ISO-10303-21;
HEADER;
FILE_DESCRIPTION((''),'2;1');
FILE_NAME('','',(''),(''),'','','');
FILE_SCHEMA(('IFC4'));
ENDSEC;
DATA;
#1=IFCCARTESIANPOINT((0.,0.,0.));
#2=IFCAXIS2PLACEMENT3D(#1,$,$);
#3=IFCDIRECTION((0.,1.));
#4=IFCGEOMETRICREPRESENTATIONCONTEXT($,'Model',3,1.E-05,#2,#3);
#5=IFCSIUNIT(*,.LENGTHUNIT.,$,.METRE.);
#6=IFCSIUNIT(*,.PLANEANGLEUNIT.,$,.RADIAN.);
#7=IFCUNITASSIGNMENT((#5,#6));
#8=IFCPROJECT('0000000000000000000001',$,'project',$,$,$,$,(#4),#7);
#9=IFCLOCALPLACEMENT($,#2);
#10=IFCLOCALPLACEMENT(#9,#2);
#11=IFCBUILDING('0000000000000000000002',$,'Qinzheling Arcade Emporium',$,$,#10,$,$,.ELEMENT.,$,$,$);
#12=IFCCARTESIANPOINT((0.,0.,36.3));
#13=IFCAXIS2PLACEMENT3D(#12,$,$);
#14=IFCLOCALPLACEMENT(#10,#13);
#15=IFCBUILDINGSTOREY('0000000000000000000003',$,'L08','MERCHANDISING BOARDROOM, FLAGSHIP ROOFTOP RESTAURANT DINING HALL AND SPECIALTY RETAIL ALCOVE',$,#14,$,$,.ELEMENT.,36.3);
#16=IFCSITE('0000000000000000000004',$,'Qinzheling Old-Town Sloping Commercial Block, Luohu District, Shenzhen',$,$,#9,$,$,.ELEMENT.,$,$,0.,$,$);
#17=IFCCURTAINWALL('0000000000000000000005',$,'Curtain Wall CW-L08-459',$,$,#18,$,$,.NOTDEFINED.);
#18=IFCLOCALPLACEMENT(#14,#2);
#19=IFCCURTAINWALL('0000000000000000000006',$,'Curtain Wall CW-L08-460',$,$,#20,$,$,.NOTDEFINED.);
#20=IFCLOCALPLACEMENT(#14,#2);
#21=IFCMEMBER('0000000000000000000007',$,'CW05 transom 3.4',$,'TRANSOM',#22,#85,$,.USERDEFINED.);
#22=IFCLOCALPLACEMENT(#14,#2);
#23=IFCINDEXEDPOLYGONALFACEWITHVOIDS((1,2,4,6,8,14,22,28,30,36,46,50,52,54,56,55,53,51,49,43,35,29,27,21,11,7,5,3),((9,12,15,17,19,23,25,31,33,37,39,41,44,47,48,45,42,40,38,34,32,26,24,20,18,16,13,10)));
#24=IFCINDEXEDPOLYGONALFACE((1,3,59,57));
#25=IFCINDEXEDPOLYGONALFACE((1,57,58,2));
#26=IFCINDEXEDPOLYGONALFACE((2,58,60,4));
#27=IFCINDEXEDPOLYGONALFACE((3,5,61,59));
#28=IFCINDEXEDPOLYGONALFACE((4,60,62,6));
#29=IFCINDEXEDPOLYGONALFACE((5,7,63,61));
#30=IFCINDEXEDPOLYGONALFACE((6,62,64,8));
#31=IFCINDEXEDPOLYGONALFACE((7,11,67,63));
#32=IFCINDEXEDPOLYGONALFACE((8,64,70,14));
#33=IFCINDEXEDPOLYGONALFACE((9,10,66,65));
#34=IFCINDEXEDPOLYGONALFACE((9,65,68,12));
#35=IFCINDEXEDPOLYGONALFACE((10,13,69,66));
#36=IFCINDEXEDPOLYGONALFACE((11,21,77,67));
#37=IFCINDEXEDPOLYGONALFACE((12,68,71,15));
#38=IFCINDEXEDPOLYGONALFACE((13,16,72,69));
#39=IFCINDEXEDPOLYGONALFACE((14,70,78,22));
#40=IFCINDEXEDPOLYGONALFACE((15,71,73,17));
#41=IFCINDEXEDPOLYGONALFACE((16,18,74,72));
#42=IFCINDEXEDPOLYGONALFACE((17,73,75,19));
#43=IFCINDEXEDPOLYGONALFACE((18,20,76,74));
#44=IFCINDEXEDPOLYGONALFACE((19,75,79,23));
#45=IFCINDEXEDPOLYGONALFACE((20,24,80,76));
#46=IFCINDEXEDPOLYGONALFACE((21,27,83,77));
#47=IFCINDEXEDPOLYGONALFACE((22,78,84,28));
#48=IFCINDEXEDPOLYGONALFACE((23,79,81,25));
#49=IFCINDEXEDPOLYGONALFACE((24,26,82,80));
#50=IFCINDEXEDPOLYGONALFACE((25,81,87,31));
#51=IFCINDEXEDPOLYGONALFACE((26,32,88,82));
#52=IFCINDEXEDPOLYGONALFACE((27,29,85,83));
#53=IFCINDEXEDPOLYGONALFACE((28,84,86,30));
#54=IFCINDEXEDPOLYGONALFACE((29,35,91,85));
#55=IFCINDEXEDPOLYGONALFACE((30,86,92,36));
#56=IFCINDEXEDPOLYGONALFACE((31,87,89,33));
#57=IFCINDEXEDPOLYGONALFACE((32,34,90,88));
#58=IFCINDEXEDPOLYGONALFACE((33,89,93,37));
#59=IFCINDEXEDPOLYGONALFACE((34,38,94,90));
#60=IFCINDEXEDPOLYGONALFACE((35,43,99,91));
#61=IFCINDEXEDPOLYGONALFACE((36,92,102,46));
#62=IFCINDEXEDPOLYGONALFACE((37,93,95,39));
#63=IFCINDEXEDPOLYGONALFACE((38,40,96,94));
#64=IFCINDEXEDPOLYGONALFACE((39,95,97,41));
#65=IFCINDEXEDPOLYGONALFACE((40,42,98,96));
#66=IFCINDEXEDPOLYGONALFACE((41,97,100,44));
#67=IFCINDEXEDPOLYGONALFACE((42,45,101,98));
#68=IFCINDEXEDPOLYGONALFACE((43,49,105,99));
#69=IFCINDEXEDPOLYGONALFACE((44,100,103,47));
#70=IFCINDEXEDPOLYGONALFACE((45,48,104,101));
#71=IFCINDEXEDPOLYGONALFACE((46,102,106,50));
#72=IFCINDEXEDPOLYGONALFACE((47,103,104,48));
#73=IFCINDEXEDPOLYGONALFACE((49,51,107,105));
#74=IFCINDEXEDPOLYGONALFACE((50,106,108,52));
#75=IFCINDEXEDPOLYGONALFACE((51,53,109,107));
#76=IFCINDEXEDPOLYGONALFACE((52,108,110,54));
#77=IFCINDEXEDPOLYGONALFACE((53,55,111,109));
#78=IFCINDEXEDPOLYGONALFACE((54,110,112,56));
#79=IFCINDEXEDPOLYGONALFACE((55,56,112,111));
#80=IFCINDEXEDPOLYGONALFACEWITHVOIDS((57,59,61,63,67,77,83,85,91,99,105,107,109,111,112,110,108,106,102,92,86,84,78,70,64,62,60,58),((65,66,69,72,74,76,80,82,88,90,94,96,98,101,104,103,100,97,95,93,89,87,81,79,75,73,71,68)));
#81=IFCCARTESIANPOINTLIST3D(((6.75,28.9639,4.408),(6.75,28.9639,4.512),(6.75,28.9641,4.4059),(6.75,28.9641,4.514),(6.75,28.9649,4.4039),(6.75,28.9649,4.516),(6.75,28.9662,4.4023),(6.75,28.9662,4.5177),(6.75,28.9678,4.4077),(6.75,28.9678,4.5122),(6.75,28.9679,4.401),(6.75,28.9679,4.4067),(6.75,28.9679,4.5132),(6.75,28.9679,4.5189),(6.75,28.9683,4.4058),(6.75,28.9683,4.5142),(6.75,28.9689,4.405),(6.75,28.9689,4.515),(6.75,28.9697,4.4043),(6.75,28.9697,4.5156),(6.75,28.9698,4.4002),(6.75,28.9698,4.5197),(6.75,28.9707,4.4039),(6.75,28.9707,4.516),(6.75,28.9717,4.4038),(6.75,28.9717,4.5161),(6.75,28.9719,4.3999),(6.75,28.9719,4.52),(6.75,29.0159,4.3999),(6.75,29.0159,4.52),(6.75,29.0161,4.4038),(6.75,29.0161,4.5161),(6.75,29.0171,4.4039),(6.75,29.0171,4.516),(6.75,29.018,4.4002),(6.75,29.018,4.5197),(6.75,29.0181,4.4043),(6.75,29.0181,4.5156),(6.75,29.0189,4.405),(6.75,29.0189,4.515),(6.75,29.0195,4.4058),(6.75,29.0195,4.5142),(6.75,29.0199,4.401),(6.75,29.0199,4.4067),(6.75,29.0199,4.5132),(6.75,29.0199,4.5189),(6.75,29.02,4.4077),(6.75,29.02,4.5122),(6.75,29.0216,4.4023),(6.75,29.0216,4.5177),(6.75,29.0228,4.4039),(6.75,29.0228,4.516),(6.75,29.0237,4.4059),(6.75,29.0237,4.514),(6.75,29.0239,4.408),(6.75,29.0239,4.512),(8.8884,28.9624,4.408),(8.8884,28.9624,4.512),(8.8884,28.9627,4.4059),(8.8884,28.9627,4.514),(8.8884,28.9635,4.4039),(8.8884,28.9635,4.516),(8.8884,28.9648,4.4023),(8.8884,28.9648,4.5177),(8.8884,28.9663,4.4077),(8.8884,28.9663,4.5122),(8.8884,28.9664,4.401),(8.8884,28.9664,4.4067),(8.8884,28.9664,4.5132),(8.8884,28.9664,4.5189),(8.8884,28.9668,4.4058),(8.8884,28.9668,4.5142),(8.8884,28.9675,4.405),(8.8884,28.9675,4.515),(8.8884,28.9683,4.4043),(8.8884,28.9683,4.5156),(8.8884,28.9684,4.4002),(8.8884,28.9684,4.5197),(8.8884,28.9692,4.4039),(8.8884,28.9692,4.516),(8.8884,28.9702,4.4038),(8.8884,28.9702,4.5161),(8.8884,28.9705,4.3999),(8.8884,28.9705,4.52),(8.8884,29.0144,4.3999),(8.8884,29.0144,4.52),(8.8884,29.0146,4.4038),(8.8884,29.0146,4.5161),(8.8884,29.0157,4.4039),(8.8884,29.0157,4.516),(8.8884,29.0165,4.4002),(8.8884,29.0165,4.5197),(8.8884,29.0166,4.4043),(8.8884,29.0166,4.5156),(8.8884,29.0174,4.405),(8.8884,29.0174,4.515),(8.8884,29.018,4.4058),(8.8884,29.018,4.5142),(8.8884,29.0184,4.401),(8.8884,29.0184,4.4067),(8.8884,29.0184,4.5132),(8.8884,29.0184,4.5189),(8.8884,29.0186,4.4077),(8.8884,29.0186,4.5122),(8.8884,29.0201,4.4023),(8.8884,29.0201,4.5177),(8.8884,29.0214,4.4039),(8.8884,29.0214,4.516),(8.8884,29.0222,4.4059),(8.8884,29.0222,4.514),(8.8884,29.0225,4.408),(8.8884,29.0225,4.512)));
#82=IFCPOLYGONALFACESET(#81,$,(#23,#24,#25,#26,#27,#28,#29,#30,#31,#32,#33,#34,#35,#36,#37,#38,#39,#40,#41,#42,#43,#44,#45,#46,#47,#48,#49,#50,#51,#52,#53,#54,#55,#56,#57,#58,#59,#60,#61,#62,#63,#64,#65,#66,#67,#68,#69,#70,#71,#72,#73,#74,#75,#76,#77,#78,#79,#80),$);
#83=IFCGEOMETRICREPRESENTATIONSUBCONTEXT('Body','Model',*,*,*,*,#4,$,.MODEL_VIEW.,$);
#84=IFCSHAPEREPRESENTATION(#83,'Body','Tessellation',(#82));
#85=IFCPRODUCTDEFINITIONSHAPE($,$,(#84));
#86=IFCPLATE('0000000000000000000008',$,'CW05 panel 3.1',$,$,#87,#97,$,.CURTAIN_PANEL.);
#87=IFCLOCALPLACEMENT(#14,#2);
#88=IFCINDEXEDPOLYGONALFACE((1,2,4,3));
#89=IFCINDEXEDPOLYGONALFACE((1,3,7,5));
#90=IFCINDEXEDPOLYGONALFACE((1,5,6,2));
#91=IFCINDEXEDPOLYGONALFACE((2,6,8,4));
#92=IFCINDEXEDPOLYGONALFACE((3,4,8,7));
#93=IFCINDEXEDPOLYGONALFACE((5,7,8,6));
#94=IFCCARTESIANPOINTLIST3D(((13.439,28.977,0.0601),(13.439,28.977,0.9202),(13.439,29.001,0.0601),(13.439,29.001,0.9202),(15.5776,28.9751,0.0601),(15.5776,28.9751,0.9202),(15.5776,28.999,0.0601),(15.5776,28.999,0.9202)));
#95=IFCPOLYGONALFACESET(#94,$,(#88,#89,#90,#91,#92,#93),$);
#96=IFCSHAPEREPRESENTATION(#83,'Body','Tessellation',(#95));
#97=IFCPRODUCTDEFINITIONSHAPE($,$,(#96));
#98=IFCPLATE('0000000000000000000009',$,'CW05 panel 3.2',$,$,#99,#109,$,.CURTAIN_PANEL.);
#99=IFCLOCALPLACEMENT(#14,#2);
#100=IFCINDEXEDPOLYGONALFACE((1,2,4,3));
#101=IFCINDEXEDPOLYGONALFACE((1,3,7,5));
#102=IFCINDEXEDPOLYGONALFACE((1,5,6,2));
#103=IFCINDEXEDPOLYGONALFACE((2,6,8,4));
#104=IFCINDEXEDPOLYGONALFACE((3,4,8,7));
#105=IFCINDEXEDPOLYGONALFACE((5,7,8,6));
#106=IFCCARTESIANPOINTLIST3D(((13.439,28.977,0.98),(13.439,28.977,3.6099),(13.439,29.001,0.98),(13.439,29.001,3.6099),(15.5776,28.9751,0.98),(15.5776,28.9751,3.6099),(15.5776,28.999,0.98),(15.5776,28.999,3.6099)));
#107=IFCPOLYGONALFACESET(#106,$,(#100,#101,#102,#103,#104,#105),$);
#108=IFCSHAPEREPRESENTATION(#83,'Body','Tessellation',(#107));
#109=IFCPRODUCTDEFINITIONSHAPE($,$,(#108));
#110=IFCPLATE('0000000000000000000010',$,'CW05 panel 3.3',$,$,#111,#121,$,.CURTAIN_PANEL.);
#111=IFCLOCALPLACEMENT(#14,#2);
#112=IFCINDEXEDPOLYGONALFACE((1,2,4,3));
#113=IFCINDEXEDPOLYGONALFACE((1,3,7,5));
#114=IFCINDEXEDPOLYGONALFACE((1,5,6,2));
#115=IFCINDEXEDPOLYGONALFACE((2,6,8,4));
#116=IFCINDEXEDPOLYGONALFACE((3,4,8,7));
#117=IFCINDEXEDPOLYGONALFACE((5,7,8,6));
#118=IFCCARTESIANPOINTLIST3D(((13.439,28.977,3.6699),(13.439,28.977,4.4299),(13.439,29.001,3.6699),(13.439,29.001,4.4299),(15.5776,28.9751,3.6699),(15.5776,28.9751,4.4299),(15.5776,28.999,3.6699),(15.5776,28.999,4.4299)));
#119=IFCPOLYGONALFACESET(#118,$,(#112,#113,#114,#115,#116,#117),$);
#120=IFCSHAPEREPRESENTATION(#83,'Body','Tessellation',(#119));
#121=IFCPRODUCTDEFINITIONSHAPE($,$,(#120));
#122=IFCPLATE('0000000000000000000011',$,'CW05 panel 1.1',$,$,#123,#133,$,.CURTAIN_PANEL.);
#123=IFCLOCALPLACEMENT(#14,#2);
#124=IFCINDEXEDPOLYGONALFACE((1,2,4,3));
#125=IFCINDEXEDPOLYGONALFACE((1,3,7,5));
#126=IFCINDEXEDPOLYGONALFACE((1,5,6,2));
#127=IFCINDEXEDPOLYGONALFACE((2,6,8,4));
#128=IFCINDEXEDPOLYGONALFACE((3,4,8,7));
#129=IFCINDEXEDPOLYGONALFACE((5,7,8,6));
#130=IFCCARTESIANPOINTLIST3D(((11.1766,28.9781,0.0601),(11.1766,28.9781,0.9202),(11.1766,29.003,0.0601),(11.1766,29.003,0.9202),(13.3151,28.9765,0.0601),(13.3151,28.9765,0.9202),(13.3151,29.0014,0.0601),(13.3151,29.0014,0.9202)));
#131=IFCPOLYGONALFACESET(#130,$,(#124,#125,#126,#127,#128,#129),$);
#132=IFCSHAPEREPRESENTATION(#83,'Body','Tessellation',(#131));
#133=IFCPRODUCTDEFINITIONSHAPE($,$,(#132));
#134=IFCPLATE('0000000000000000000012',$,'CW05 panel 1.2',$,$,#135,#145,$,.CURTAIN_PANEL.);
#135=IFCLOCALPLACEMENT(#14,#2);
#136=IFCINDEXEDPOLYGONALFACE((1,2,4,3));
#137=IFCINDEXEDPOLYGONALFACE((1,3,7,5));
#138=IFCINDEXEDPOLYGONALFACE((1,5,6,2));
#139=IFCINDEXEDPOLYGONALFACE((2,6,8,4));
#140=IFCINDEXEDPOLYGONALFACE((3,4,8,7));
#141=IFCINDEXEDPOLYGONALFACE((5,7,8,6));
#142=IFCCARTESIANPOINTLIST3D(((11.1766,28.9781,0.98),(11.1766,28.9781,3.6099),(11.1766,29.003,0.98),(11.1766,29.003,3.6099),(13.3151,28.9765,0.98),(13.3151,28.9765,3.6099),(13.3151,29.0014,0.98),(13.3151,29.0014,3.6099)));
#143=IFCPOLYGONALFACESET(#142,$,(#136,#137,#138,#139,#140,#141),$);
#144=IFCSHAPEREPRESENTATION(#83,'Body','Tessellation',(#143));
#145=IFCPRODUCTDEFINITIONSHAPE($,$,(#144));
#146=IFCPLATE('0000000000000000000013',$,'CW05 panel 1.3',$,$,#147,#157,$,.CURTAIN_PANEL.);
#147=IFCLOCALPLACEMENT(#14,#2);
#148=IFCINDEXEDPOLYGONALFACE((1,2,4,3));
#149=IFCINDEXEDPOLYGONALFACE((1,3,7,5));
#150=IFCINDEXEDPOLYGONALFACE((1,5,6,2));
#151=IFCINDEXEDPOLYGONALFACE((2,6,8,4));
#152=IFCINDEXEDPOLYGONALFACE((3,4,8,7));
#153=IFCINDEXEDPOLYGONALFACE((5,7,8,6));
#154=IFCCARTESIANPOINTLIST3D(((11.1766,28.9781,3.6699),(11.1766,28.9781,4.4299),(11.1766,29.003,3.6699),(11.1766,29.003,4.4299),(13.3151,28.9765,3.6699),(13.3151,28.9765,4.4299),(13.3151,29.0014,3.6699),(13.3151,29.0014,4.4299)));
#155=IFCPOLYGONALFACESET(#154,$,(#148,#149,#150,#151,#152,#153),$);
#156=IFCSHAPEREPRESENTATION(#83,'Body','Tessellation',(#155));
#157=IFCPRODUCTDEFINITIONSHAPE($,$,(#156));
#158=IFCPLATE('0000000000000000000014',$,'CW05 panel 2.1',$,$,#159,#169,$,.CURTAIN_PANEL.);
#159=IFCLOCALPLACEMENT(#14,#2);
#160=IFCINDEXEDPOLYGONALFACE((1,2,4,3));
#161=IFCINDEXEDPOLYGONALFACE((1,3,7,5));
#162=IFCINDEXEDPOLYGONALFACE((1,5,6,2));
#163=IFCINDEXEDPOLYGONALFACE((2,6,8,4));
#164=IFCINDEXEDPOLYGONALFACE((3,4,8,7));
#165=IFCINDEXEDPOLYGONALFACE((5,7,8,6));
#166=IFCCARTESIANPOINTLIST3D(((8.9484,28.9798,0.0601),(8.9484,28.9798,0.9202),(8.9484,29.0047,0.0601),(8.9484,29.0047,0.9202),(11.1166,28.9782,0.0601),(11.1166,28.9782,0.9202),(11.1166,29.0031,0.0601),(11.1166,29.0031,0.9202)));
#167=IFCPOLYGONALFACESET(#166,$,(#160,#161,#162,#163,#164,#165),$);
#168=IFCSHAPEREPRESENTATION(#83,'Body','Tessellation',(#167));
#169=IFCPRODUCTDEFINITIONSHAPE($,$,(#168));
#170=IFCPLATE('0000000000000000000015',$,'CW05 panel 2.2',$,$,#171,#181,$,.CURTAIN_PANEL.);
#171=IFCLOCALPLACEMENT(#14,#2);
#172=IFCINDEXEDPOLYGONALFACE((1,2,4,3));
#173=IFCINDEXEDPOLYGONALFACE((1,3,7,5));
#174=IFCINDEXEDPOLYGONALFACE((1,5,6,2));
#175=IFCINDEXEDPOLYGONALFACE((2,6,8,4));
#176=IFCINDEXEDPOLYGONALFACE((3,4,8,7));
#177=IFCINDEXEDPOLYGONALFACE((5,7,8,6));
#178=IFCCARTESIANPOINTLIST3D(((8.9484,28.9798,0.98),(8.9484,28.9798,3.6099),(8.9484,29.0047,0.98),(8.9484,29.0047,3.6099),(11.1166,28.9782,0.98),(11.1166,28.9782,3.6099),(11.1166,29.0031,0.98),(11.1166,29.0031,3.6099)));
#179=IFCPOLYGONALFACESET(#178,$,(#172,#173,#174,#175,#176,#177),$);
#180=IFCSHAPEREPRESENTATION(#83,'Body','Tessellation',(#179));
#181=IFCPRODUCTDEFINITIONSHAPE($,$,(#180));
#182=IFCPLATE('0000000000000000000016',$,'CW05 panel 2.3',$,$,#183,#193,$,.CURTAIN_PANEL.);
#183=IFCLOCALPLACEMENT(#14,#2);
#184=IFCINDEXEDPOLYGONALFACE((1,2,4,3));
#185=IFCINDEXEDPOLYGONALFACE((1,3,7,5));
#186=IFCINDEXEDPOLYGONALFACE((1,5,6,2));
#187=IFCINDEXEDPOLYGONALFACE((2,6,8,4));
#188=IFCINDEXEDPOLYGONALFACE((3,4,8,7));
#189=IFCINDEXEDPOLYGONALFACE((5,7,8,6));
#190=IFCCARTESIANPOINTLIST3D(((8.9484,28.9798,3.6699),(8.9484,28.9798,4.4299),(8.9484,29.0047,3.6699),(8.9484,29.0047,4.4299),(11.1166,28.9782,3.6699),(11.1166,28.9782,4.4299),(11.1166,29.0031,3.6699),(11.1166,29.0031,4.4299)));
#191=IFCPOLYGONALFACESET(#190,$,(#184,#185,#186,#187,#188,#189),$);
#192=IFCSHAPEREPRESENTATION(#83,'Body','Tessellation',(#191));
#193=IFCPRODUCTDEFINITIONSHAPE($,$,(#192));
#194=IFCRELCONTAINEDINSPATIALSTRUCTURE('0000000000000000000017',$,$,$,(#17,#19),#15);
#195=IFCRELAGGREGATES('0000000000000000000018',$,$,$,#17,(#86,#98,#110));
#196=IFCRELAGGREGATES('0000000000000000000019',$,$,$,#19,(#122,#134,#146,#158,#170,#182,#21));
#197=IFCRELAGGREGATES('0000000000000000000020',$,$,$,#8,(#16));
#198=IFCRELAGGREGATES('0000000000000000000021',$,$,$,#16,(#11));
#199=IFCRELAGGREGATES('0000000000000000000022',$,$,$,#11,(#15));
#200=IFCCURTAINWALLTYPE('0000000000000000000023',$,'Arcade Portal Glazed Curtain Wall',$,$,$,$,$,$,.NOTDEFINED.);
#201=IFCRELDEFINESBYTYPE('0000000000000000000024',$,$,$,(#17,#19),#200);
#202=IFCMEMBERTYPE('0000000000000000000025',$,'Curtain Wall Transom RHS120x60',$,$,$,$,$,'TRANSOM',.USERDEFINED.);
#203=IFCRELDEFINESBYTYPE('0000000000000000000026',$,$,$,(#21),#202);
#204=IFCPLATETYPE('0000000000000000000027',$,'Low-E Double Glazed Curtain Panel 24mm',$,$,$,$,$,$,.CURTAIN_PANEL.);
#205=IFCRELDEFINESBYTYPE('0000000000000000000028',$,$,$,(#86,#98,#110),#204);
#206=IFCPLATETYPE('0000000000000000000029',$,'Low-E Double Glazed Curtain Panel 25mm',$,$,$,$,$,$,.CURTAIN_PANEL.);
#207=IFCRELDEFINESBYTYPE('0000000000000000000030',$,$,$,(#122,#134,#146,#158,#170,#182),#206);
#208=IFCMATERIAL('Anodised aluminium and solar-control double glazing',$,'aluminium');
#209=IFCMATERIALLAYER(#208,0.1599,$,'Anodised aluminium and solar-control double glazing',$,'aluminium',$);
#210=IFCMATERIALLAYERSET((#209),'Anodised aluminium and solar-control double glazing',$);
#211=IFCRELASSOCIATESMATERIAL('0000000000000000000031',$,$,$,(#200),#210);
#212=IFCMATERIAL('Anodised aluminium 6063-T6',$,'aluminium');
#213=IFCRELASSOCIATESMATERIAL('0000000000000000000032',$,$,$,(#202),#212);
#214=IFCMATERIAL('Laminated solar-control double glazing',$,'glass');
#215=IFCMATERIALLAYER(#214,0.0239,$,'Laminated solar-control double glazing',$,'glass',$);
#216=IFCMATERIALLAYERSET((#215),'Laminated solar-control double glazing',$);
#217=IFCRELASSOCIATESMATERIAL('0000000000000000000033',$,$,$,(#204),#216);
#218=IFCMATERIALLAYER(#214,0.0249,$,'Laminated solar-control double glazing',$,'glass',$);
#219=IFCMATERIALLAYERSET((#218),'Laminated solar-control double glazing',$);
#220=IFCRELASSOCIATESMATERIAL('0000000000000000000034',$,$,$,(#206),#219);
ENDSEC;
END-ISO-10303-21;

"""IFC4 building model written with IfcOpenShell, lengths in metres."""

from ifc_helpers import new_model, si_unit, direction, frame, origin, origin_2d, place, context, subcontext, project, spatial, rectangle, hollow_rectangle, extrude, material, layer, layer_set, material_profile, profile_set, type_object, element, aggregate, save


model = new_model("IFC4")

# Units and contexts
model_context = context("Model", 3, precision=1e-05, world=origin(), true_north=direction((0.0, 1.0)))
body_context = subcontext(model_context, "Body", "Model", "MODEL_VIEW")
ifc_project = project(units=[si_unit("LENGTHUNIT", "METRE"), si_unit("PLANEANGLEUNIT", "RADIAN")], contexts=[model_context])

# Site, building, storey
site_placement = place(None, origin())
site = spatial("IfcSite", under=ifc_project, at=site_placement, Name="Qinzheling Old-Town Sloping Commercial Block, Luohu District, Shenzhen", CompositionType="ELEMENT", RefElevation=0.0)
building_placement = place(site_placement, origin())
building = spatial("IfcBuilding", under=site, at=building_placement, Name="Qinzheling Arcade Emporium", CompositionType="ELEMENT")
storey_placement = place(building_placement, frame((0.0, 0.0, 36.3)))
storey = spatial("IfcBuildingStorey", under=building, at=storey_placement, Name="L08", Description="MERCHANDISING BOARDROOM, FLAGSHIP ROOFTOP RESTAURANT DINING HALL AND SPECIALTY RETAIL ALCOVE", CompositionType="ELEMENT", Elevation=36.3)

# Curtain wall
ifc_material_1 = material(Name="Anodised aluminium and solar-control double glazing", Category="aluminium")
ifc_layer_1 = layer(ifc_material_1, 0.1599, Name="Anodised aluminium and solar-control double glazing", Category="aluminium")
ifc_layer_set_1 = layer_set([ifc_layer_1], Name="Anodised aluminium and solar-control double glazing")
curtain_wall_type = type_object("IfcCurtainWallType", Name="Arcade Portal Glazed Curtain Wall", PredefinedType="NOTDEFINED", material=ifc_layer_set_1)
curtain_wall_1_placement = place(storey_placement, origin())
curtain_wall_1 = element("IfcCurtainWall", 1, at=curtain_wall_1_placement, inside=storey, type_object=curtain_wall_type, Name="Curtain Wall CW-L08-459", PredefinedType="NOTDEFINED")
ifc_material_2 = material(Name="Anodised aluminium 6063-T6", Category="aluminium")

# Curtain wall
curtain_wall_2_placement = place(storey_placement, origin())
curtain_wall_2 = element("IfcCurtainWall", 2, at=curtain_wall_2_placement, inside=storey, type_object=curtain_wall_type, Name="Curtain Wall CW-L08-460", PredefinedType="NOTDEFINED")

# Member
ifc_material_profile_1 = material_profile(ifc_material_2, hollow_rectangle(XDim=0.0601, YDim=0.1201, WallThickness=0.0039, InnerFilletRadius=0.0039, OuterFilletRadius=0.0081, at=origin_2d()), Name="RHS 120x60x4", Category="aluminium")
ifc_profile_set_1 = profile_set([ifc_material_profile_1], Name="Anodised aluminium 6063-T6")
member_type_1 = type_object("IfcMemberType", Name="Curtain Wall Transom RHS120x60", ElementType="TRANSOM", PredefinedType="USERDEFINED", material=ifc_profile_set_1)
member_1_placement = place(storey_placement, frame((8.8884, 28.9924, 4.46), z_axis=(-1.0, 0.000685, 0.0), x_axis=(-0.000685, -1.0, 0.0)))
member_1 = element("IfcMember", 3, at=member_1_placement, type_object=member_type_1, Name="CW05 transom 3.4", ObjectType="TRANSOM", PredefinedType="USERDEFINED", context=body_context, shape_type="SweptSolid", body=[
    extrude(hollow_rectangle(XDim=0.0601, YDim=0.1201, WallThickness=0.0039, InnerFilletRadius=0.0039, OuterFilletRadius=0.0081, at=origin_2d()), origin(), (0.0, 0.0, 1.0), 2.1384),
])

# Plates
ifc_material_3 = material(Name="Laminated solar-control double glazing", Category="glass")
ifc_layer_2 = layer(ifc_material_3, 0.0239, Name="Laminated solar-control double glazing", Category="glass")
ifc_layer_set_2 = layer_set([ifc_layer_2], Name="Laminated solar-control double glazing")
plate_type_1 = type_object("IfcPlateType", Name="Low-E Double Glazed Curtain Panel 24mm", PredefinedType="CURTAIN_PANEL", material=ifc_layer_set_2)
plate_1_placement = place(storey_placement, frame((14.5083, 28.988, 0.0601), z_axis=(0.0, 0.0, 1.0), x_axis=(-1.0, 0.000897, 0.0)))
plate_1 = element("IfcPlate", 4, at=plate_1_placement, type_object=plate_type_1, Name="CW05 panel 3.1", PredefinedType="CURTAIN_PANEL", context=body_context, shape_type="SweptSolid", body=[
    extrude(rectangle(XDim=2.1387, YDim=0.0239, at=origin_2d()), origin(), (0.0, 0.0, 1.0), 0.8601),
])
plate_2_placement = place(storey_placement, frame((14.5083, 28.988, 0.98), z_axis=(0.0, 0.0, 1.0), x_axis=(-1.0, 0.000897, 0.0)))
plate_2 = element("IfcPlate", 5, at=plate_2_placement, type_object=plate_type_1, Name="CW05 panel 3.2", PredefinedType="CURTAIN_PANEL", context=body_context, shape_type="SweptSolid", body=[
    extrude(rectangle(XDim=2.1387, YDim=0.0239, at=origin_2d()), origin(), (0.0, 0.0, 1.0), 2.6299),
])
plate_3_placement = place(storey_placement, frame((14.5083, 28.988, 3.6699), z_axis=(0.0, 0.0, 1.0), x_axis=(-1.0, 0.000897, 0.0)))
plate_3 = element("IfcPlate", 6, at=plate_3_placement, type_object=plate_type_1, Name="CW05 panel 3.3", PredefinedType="CURTAIN_PANEL", context=body_context, shape_type="SweptSolid", body=[
    extrude(rectangle(XDim=2.1387, YDim=0.0239, at=origin_2d()), origin(), (0.0, 0.0, 1.0), 0.76),
])
aggregate(curtain_wall_1, [plate_1, plate_2, plate_3])
ifc_layer_3 = layer(ifc_material_3, 0.0249, Name="Laminated solar-control double glazing", Category="glass")
ifc_layer_set_3 = layer_set([ifc_layer_3], Name="Laminated solar-control double glazing")
plate_type_2 = type_object("IfcPlateType", Name="Low-E Double Glazed Curtain Panel 25mm", PredefinedType="CURTAIN_PANEL", material=ifc_layer_set_3)
plate_4_placement = place(storey_placement, frame((12.2458, 28.9897, 0.0601), z_axis=(0.0, 0.0, 1.0), x_axis=(-1.0, 0.000748, 0.0)))
plate_4 = element("IfcPlate", 7, at=plate_4_placement, type_object=plate_type_2, Name="CW05 panel 1.1", PredefinedType="CURTAIN_PANEL", context=body_context, shape_type="SweptSolid", body=[
    extrude(rectangle(XDim=2.1384, YDim=0.0249, at=origin_2d()), origin(), (0.0, 0.0, 1.0), 0.8601),
])
plate_5_placement = place(storey_placement, frame((12.2458, 28.9897, 0.98), z_axis=(0.0, 0.0, 1.0), x_axis=(-1.0, 0.000748, 0.0)))
plate_5 = element("IfcPlate", 8, at=plate_5_placement, type_object=plate_type_2, Name="CW05 panel 1.2", PredefinedType="CURTAIN_PANEL", context=body_context, shape_type="SweptSolid", body=[
    extrude(rectangle(XDim=2.1384, YDim=0.0249, at=origin_2d()), origin(), (0.0, 0.0, 1.0), 2.6299),
])
plate_6_placement = place(storey_placement, frame((12.2458, 28.9897, 3.6699), z_axis=(0.0, 0.0, 1.0), x_axis=(-1.0, 0.000748, 0.0)))
plate_6 = element("IfcPlate", 9, at=plate_6_placement, type_object=plate_type_2, Name="CW05 panel 1.3", PredefinedType="CURTAIN_PANEL", context=body_context, shape_type="SweptSolid", body=[
    extrude(rectangle(XDim=2.1384, YDim=0.0249, at=origin_2d()), origin(), (0.0, 0.0, 1.0), 0.76),
])
plate_7_placement = place(storey_placement, frame((10.0325, 28.9915, 0.0601), z_axis=(0.0, 0.0, 1.0), x_axis=(-1.0, 0.000748, 0.0)))
plate_7 = element("IfcPlate", 10, at=plate_7_placement, type_object=plate_type_2, Name="CW05 panel 2.1", PredefinedType="CURTAIN_PANEL", context=body_context, shape_type="SweptSolid", body=[
    extrude(rectangle(XDim=2.1682, YDim=0.0249, at=origin_2d()), origin(), (0.0, 0.0, 1.0), 0.8601),
])
plate_8_placement = place(storey_placement, frame((10.0325, 28.9915, 0.98), z_axis=(0.0, 0.0, 1.0), x_axis=(-1.0, 0.000748, 0.0)))
plate_8 = element("IfcPlate", 11, at=plate_8_placement, type_object=plate_type_2, Name="CW05 panel 2.2", PredefinedType="CURTAIN_PANEL", context=body_context, shape_type="SweptSolid", body=[
    extrude(rectangle(XDim=2.1682, YDim=0.0249, at=origin_2d()), origin(), (0.0, 0.0, 1.0), 2.6299),
])
plate_9_placement = place(storey_placement, frame((10.0325, 28.9915, 3.6699), z_axis=(0.0, 0.0, 1.0), x_axis=(-1.0, 0.000748, 0.0)))
plate_9 = element("IfcPlate", 12, at=plate_9_placement, type_object=plate_type_2, Name="CW05 panel 2.3", PredefinedType="CURTAIN_PANEL", context=body_context, shape_type="SweptSolid", body=[
    extrude(rectangle(XDim=2.1682, YDim=0.0249, at=origin_2d()), origin(), (0.0, 0.0, 1.0), 0.76),
])
aggregate(curtain_wall_2, [plate_4, plate_5, plate_6, plate_7, plate_8, plate_9, member_1])

save(model, "model.ifc")
